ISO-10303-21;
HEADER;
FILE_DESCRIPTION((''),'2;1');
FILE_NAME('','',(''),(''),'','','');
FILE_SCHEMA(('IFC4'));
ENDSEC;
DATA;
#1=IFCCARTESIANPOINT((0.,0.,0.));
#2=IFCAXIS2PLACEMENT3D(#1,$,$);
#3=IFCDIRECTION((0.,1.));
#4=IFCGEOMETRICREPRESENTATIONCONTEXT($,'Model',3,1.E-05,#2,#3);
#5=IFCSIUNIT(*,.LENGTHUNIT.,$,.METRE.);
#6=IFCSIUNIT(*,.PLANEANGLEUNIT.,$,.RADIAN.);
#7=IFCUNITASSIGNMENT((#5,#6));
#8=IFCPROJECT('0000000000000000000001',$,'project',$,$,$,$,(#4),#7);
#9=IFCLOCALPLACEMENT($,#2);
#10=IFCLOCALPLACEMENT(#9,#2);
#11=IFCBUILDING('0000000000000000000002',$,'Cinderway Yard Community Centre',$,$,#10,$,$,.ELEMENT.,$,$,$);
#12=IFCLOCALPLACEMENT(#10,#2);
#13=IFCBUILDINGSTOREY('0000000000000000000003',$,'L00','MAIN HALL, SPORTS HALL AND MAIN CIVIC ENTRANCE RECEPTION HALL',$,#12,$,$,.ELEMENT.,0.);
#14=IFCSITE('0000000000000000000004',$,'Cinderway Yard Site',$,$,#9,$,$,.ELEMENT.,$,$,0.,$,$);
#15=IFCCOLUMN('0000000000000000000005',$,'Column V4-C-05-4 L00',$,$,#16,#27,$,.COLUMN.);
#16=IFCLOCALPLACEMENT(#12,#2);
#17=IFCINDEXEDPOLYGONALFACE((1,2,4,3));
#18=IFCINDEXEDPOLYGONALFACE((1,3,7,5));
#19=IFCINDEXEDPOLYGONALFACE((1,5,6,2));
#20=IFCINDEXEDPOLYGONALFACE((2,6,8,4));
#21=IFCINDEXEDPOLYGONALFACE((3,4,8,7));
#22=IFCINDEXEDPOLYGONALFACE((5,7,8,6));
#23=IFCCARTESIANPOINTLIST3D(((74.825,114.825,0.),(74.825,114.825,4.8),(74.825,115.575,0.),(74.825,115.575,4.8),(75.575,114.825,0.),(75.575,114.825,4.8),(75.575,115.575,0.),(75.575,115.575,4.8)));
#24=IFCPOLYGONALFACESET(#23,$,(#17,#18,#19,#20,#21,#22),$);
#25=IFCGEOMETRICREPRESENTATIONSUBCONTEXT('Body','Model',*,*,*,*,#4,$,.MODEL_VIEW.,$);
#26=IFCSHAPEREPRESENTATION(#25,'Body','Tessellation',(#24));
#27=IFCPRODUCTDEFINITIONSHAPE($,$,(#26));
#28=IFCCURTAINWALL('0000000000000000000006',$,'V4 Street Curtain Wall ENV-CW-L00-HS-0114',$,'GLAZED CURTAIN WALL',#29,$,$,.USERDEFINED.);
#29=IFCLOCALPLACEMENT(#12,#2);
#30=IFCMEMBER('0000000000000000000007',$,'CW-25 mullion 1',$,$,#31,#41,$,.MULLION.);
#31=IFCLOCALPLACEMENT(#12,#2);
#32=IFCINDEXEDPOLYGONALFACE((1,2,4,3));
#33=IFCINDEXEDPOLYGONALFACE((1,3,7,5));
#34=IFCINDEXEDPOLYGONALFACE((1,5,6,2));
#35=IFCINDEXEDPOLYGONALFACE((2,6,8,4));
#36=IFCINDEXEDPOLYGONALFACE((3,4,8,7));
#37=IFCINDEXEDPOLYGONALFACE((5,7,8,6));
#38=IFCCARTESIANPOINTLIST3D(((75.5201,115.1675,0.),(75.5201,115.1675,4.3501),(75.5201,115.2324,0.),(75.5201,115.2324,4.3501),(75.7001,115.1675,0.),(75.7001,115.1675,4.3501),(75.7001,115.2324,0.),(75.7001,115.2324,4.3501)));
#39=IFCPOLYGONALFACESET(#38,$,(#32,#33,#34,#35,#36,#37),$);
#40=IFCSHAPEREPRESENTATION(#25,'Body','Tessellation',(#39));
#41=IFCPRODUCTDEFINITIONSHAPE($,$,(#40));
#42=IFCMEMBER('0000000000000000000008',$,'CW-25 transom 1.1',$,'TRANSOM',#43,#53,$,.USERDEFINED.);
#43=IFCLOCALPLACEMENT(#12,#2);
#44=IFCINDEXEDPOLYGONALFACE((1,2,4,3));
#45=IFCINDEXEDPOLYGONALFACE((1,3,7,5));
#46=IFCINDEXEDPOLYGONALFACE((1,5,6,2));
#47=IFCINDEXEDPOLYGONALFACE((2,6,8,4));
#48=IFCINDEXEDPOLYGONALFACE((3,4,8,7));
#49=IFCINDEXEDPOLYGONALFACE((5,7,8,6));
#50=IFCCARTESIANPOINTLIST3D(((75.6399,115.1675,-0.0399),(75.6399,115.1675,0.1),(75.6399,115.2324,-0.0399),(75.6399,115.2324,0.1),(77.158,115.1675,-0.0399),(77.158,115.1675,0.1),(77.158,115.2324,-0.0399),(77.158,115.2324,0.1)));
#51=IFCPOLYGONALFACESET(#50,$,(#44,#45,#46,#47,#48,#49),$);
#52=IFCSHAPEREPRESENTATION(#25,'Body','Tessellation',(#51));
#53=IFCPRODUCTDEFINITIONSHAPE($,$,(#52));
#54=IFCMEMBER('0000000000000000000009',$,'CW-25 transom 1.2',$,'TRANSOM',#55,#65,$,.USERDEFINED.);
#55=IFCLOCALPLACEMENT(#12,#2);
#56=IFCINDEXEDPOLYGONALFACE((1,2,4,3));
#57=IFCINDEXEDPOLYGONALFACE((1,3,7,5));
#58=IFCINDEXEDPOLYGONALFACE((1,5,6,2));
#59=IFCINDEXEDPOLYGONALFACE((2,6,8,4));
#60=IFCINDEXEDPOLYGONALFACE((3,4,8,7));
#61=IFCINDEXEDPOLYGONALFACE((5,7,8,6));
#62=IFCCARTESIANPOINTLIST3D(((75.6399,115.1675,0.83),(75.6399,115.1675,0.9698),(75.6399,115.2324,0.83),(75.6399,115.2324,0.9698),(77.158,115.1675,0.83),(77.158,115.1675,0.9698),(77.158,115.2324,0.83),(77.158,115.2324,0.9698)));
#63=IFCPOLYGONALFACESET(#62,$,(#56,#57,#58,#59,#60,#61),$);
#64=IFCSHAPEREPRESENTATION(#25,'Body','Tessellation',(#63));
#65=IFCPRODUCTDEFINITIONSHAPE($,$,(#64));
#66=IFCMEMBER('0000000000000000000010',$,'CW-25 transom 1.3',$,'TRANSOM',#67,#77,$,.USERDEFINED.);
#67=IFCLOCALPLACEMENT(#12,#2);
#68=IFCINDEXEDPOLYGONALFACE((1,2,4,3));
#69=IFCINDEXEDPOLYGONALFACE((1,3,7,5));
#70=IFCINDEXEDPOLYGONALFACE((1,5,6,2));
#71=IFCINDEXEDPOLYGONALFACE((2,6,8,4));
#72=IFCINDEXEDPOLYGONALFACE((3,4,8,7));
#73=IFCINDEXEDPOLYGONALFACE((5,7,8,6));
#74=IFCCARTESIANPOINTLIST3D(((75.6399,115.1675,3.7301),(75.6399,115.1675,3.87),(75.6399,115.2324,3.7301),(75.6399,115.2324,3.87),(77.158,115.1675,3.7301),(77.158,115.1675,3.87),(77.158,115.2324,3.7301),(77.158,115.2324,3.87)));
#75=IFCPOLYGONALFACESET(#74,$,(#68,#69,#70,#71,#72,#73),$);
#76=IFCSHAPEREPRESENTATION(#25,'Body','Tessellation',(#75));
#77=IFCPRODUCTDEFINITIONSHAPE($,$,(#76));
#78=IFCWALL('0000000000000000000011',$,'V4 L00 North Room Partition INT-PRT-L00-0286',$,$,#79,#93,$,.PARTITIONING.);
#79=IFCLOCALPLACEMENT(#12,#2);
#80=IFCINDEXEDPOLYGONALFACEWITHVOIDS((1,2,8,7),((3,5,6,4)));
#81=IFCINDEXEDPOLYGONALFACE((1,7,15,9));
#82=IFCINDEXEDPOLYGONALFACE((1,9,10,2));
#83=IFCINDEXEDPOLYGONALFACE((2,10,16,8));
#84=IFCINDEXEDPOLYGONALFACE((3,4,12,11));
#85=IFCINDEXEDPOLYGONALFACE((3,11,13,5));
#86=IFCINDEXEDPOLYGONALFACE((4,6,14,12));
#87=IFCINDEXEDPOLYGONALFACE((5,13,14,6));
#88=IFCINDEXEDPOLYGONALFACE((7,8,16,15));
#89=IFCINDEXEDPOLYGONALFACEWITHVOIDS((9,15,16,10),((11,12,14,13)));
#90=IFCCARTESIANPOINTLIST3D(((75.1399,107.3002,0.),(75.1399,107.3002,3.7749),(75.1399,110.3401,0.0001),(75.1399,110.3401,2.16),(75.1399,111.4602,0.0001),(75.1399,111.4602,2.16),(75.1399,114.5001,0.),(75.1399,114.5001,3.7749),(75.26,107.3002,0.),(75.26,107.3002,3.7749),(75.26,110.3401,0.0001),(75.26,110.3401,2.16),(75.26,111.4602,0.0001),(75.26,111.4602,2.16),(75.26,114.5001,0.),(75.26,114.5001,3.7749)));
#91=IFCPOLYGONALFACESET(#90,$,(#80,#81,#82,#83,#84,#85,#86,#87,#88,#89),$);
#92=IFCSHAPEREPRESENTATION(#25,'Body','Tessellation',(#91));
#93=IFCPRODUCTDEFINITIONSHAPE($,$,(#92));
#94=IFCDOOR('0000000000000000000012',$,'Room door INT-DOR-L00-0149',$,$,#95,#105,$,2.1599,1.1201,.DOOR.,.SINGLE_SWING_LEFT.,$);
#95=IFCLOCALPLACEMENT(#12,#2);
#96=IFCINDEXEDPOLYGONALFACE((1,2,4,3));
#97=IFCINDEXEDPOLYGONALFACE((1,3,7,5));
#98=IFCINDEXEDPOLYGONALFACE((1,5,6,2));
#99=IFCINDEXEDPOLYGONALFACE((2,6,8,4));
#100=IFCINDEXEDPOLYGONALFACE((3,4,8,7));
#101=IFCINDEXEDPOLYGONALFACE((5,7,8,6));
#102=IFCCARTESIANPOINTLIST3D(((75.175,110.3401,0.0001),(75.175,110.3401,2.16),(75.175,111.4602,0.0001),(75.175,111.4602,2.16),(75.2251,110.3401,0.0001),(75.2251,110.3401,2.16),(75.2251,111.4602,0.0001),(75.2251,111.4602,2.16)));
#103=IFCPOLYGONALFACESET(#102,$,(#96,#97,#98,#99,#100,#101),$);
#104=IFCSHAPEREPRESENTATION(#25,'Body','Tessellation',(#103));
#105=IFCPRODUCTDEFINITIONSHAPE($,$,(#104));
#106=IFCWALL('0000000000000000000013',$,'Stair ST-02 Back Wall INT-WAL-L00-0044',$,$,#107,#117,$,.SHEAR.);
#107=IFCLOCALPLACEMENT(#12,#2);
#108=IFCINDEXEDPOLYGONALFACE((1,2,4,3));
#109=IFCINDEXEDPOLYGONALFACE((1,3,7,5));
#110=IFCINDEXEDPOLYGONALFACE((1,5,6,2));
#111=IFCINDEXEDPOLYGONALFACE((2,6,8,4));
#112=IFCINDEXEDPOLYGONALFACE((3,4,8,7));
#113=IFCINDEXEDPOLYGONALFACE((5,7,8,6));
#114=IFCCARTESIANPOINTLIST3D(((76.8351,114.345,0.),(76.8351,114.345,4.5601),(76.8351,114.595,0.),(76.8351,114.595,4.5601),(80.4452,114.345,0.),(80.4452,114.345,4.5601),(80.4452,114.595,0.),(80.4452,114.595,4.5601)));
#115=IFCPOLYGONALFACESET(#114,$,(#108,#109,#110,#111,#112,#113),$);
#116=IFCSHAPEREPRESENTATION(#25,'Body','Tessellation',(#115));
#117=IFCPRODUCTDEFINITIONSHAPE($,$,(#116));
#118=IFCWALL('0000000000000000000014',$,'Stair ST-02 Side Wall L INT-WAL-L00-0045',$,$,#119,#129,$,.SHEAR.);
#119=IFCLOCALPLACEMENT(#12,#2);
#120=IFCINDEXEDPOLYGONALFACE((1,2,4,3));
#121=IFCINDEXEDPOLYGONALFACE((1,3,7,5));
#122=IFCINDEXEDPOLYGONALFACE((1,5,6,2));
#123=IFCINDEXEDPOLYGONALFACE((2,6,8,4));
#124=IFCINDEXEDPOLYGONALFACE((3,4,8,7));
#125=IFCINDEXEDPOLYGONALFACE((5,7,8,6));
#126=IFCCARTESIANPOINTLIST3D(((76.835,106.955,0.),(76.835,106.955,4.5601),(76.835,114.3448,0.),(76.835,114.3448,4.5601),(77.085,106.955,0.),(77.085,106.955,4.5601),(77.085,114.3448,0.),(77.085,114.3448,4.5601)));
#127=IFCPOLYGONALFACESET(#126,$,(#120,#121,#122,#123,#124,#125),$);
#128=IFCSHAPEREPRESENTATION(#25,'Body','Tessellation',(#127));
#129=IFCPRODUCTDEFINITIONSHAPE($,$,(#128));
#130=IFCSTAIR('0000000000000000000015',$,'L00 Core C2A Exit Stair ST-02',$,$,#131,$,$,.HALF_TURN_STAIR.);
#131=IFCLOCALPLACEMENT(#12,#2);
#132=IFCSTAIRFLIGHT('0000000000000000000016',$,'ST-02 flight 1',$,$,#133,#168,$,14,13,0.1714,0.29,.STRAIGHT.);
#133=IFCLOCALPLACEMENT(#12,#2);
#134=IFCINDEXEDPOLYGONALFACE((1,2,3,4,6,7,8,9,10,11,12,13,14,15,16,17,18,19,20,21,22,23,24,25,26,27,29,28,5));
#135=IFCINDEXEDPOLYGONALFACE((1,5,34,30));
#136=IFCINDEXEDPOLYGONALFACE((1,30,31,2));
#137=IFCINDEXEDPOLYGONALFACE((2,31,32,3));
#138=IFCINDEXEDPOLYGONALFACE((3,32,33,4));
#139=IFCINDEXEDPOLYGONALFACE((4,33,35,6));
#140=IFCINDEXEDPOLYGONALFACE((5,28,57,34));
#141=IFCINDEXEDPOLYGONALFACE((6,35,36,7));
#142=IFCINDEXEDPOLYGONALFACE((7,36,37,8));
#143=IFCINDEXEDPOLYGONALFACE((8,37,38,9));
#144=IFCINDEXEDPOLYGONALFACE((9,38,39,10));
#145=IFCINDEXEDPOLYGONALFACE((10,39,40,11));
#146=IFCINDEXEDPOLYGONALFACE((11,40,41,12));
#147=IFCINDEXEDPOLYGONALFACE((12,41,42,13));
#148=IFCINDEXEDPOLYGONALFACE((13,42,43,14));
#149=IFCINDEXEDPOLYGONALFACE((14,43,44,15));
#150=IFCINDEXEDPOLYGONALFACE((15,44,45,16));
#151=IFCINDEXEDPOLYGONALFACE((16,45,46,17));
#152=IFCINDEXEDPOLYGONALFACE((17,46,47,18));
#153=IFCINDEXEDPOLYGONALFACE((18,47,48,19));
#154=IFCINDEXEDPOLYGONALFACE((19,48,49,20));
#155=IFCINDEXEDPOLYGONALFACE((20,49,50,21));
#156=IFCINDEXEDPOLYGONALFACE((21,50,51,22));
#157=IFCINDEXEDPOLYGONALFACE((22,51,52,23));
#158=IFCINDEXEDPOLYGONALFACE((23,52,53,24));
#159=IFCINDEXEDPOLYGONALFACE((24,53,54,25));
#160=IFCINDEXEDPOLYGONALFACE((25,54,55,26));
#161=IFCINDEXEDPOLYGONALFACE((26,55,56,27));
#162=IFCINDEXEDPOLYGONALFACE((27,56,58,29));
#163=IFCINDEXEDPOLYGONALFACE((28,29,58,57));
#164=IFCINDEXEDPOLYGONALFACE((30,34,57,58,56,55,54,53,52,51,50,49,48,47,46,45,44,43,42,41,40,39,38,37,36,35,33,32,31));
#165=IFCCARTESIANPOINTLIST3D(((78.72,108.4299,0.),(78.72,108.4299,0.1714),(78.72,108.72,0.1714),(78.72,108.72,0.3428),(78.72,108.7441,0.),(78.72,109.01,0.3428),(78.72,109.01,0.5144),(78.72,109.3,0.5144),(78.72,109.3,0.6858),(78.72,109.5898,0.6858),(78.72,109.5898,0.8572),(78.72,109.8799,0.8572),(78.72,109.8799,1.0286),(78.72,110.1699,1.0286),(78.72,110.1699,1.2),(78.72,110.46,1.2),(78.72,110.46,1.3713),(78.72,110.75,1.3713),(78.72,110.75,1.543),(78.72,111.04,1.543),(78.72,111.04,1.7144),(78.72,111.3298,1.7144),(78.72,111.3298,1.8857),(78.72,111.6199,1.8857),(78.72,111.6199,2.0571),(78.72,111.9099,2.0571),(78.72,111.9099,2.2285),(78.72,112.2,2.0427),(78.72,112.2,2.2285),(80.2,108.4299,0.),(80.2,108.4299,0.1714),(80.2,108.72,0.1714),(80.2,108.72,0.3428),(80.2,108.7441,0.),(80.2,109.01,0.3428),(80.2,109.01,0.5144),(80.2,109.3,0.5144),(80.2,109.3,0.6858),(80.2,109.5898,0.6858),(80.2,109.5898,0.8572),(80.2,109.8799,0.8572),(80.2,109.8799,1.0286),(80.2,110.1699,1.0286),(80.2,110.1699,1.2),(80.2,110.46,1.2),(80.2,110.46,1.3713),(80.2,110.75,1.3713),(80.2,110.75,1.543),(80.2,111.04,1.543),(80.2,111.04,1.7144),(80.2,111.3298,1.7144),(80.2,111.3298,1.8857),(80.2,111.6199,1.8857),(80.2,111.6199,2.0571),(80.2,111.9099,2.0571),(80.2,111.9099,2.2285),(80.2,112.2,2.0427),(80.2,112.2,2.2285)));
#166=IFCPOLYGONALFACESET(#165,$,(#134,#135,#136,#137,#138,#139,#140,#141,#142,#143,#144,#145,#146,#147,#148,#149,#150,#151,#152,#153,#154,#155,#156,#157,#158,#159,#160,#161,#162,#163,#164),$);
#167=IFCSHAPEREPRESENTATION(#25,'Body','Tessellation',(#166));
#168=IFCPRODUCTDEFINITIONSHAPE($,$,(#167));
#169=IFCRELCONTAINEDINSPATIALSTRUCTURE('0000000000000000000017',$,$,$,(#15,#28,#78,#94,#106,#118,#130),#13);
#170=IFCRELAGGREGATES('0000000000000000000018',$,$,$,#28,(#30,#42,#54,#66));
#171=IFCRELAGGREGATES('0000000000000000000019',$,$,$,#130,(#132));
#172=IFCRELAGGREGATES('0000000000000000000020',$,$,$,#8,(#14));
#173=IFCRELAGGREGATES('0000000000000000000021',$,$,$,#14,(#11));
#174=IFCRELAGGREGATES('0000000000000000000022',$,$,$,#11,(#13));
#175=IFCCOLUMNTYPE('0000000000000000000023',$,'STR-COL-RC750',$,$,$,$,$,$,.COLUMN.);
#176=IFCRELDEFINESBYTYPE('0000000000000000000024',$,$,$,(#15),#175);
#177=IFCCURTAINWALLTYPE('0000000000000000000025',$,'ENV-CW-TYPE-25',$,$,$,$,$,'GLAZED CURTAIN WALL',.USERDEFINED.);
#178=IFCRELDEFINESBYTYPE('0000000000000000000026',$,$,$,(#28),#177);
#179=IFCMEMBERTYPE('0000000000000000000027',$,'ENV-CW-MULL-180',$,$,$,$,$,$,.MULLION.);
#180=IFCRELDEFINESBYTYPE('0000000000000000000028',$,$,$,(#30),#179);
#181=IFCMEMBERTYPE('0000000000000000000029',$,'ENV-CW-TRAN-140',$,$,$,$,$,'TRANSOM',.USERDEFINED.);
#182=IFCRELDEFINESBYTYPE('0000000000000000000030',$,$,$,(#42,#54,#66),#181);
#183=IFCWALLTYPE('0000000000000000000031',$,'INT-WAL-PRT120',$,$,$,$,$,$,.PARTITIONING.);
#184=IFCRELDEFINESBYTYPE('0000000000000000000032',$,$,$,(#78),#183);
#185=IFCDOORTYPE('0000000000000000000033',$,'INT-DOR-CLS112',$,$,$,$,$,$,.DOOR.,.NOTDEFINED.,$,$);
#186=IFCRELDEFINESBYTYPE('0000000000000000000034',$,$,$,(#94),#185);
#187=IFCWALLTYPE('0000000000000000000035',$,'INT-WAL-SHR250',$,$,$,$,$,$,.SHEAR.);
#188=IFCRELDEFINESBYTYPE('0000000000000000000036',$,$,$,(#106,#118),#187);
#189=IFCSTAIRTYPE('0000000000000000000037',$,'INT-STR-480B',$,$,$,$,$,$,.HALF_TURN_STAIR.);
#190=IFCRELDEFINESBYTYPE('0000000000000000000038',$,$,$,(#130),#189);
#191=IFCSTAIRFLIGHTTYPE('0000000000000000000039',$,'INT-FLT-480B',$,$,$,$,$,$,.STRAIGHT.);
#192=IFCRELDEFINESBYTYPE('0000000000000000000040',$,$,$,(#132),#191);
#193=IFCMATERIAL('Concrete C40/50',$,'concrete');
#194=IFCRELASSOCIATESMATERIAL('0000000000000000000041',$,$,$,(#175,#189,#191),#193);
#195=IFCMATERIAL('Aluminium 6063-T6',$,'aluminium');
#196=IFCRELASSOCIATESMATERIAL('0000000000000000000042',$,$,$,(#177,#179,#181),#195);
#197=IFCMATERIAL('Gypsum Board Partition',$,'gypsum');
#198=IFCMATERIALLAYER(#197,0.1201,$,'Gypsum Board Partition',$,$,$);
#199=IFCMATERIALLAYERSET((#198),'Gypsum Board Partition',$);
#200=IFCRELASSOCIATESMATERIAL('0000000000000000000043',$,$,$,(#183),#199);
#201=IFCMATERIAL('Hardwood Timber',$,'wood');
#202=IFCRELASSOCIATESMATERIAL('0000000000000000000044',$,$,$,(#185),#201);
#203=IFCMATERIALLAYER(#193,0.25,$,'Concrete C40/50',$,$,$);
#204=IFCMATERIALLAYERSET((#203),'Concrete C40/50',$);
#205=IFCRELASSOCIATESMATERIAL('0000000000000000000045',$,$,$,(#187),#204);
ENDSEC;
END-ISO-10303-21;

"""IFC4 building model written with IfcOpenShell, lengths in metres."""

from ifc_helpers import new_model, si_unit, direction, frame, frame_2d, origin, origin_2d, place, context, subcontext, project, spatial, polyline, rectangle, outline, extrude, material, layer, layer_set, material_profile, profile_set, type_object, element, fill, aggregate, save


model = new_model("IFC4")

# Units and contexts
model_context = context("Model", 3, precision=1e-05, world=origin(), true_north=direction((0.0, 1.0)))
body_context = subcontext(model_context, "Body", "Model", "MODEL_VIEW")
ifc_project = project(units=[si_unit("LENGTHUNIT", "METRE"), si_unit("PLANEANGLEUNIT", "RADIAN")], contexts=[model_context])

# Site, building, storey
site_placement = place(None, origin())
site = spatial("IfcSite", under=ifc_project, at=site_placement, Name="Cinderway Yard Site", CompositionType="ELEMENT", RefElevation=0.0)
building_placement = place(site_placement, origin())
building = spatial("IfcBuilding", under=site, at=building_placement, Name="Cinderway Yard Community Centre", CompositionType="ELEMENT")
storey_placement = place(building_placement, origin())
storey = spatial("IfcBuildingStorey", under=building, at=storey_placement, Name="L00", Description="MAIN HALL, SPORTS HALL AND MAIN CIVIC ENTRANCE RECEPTION HALL", CompositionType="ELEMENT", Elevation=0.0)

# Shared definitions
ifc_material_1 = material(Name="Concrete C40/50", Category="concrete")

# Column
ifc_material_profile_1 = material_profile(ifc_material_1, rectangle(XDim=0.75, YDim=0.75, at=origin_2d()), Name="Concrete C40/50")
ifc_profile_set_1 = profile_set([ifc_material_profile_1], Name="Concrete C40/50")
column_type = type_object("IfcColumnType", Name="STR-COL-RC750", PredefinedType="COLUMN", material=ifc_profile_set_1)
for number, where, z_axis, x_axis, name in (
    (1, (75.2, 115.2, 0.0), (0.0, 0.0, 1.0), (1.0, 0.0, 0.0), "Column V4-C-05-4 L00"),
):
    element("IfcColumn", number, at=place(storey_placement, frame(where, z_axis=z_axis, x_axis=x_axis)), inside=storey, type_object=column_type, Name=name, PredefinedType="COLUMN", context=body_context, shape_type="SweptSolid", body=[
        extrude(rectangle(XDim=0.75, YDim=0.75, at=origin_2d()), origin(), (0.0, 0.0, 1.0), 4.8),
    ])

# Curtain wall, members
ifc_material_2 = material(Name="Aluminium 6063-T6", Category="aluminium")
curtain_wall_type = type_object("IfcCurtainWallType", Name="ENV-CW-TYPE-25", ElementType="GLAZED CURTAIN WALL", PredefinedType="USERDEFINED", material=ifc_material_2)
curtain_wall_placement = place(storey_placement, origin())
curtain_wall = element("IfcCurtainWall", 2, at=curtain_wall_placement, inside=storey, type_object=curtain_wall_type, Name="V4 Street Curtain Wall ENV-CW-L00-HS-0114", ObjectType="GLAZED CURTAIN WALL", PredefinedType="USERDEFINED")
ifc_material_profile_2 = material_profile(ifc_material_2, rectangle(XDim=0.0649, YDim=0.1799, at=origin_2d()), Name="Aluminium 6063-T6")
ifc_profile_set_2 = profile_set([ifc_material_profile_2], Name="Aluminium 6063-T6")
member_type_1 = type_object("IfcMemberType", Name="ENV-CW-MULL-180", PredefinedType="MULLION", material=ifc_profile_set_2)
member_1_placement = place(storey_placement, frame((75.6101, 115.2, 0.0), z_axis=(0.0, 0.0, 1.0), x_axis=(0.0, 1.0, 0.0)))
member_1 = element("IfcMember", 3, at=member_1_placement, type_object=member_type_1, Name="CW-25 mullion 1", PredefinedType="MULLION", context=body_context, shape_type="SweptSolid", body=[
    extrude(rectangle(XDim=0.0649, YDim=0.1799, at=origin_2d()), origin(), (0.0, 0.0, 1.0), 4.3501),
])
ifc_material_profile_3 = material_profile(ifc_material_2, rectangle(XDim=0.0649, YDim=0.1399, at=origin_2d()), Name="Aluminium 6063-T6")
ifc_profile_set_3 = profile_set([ifc_material_profile_3], Name="Aluminium 6063-T6")
member_type_2 = type_object("IfcMemberType", Name="ENV-CW-TRAN-140", ElementType="TRANSOM", PredefinedType="USERDEFINED", material=ifc_profile_set_3)
member_2_placement = place(storey_placement, frame((75.6399, 115.2, 0.03), z_axis=(1.0, 0.0, 0.0), x_axis=(0.0, 1.0, 0.0)))
member_2 = element("IfcMember", 4, at=member_2_placement, type_object=member_type_2, Name="CW-25 transom 1.1", ObjectType="TRANSOM", PredefinedType="USERDEFINED", context=body_context, shape_type="SweptSolid", body=[
    extrude(rectangle(XDim=0.0649, YDim=0.1399, at=origin_2d()), origin(), (0.0, 0.0, 1.0), 1.5181),
])
member_3_placement = place(storey_placement, frame((75.6399, 115.2, 0.8999), z_axis=(1.0, 0.0, 0.0), x_axis=(0.0, 1.0, 0.0)))
member_3 = element("IfcMember", 5, at=member_3_placement, type_object=member_type_2, Name="CW-25 transom 1.2", ObjectType="TRANSOM", PredefinedType="USERDEFINED", context=body_context, shape_type="SweptSolid", body=[
    extrude(rectangle(XDim=0.0649, YDim=0.1399, at=origin_2d()), origin(), (0.0, 0.0, 1.0), 1.5181),
])
member_4_placement = place(storey_placement, frame((75.6399, 115.2, 3.8), z_axis=(1.0, 0.0, 0.0), x_axis=(0.0, 1.0, 0.0)))
member_4 = element("IfcMember", 6, at=member_4_placement, type_object=member_type_2, Name="CW-25 transom 1.3", ObjectType="TRANSOM", PredefinedType="USERDEFINED", context=body_context, shape_type="SweptSolid", body=[
    extrude(rectangle(XDim=0.0649, YDim=0.1399, at=origin_2d()), origin(), (0.0, 0.0, 1.0), 1.5181),
])
aggregate(curtain_wall, [member_1, member_2, member_3, member_4])

# Wall, opening, door
ifc_material_3 = material(Name="Gypsum Board Partition", Category="gypsum")
ifc_layer_1 = layer(ifc_material_3, 0.1201, Name="Gypsum Board Partition")
ifc_layer_set_1 = layer_set([ifc_layer_1], Name="Gypsum Board Partition")
wall_type_1 = type_object("IfcWallType", Name="INT-WAL-PRT120", PredefinedType="PARTITIONING", material=ifc_layer_set_1)
wall_1_placement = place(storey_placement, frame((75.2, 107.3, 0.0), z_axis=(0.0, 0.0, 1.0), x_axis=(0.0, 1.0, 0.0)))
wall_1 = element("IfcWall", 7, at=wall_1_placement, inside=storey, type_object=wall_type_1, Name="V4 L00 North Room Partition INT-PRT-L00-0286", PredefinedType="PARTITIONING", context=body_context, shape_type="SweptSolid", body=[
    extrude(rectangle(XDim=7.2, YDim=0.1201, at=frame_2d((3.6001, 0.0))), origin(), (0.0, 0.0, 1.0), 3.7749),
])
opening_placement = place(wall_1_placement, frame((3.04, 0.0, 0.0)))
opening = element("IfcOpeningElement", 8, at=opening_placement, cuts=wall_1, PredefinedType="OPENING", context=body_context, shape_type="SweptSolid", body=[
    extrude(rectangle(XDim=1.1201, YDim=2.1599, at=frame_2d((0.5601, 1.0801))), frame((0.0, 0.0701, 0.0), z_axis=(0.0, -1.0, 0.0), x_axis=(1.0, 0.0, 0.0)), (0.0, 0.0, 1.0), 0.1401),
])
ifc_material_4 = material(Name="Hardwood Timber", Category="wood")
door_type = type_object("IfcDoorType", Name="INT-DOR-CLS112", OperationType="NOTDEFINED", PredefinedType="DOOR", material=ifc_material_4)
door_placement = place(opening_placement, origin())
door = element("IfcDoor", 9, at=door_placement, inside=storey, type_object=door_type, Name="Room door INT-DOR-L00-0149", OperationType="SINGLE_SWING_LEFT", OverallHeight=2.1599, OverallWidth=1.1201, PredefinedType="DOOR", context=body_context, shape_type="SweptSolid", body=[
    extrude(rectangle(XDim=1.1201, YDim=2.1599, at=frame_2d((0.5601, 1.0801))), frame((0.0, 0.0249, 0.0), z_axis=(0.0, -1.0, 0.0), x_axis=(1.0, 0.0, 0.0)), (0.0, 0.0, 1.0), 0.05),
])
fill(opening, door)

# Walls
ifc_layer_2 = layer(ifc_material_1, 0.25, Name="Concrete C40/50")
ifc_layer_set_2 = layer_set([ifc_layer_2], Name="Concrete C40/50")
wall_type_2 = type_object("IfcWallType", Name="INT-WAL-SHR250", PredefinedType="SHEAR", material=ifc_layer_set_2)
wall_2_placement = place(storey_placement, frame((76.835, 114.47, 0.0), z_axis=(0.0, 0.0, 1.0), x_axis=(1.0, 0.0, 0.0)))
element("IfcWall", 10, at=wall_2_placement, inside=storey, type_object=wall_type_2, Name="Stair ST-02 Back Wall INT-WAL-L00-0044", PredefinedType="SHEAR", context=body_context, shape_type="SweptSolid", body=[
    extrude(rectangle(XDim=3.6101, YDim=0.25, at=frame_2d((1.8052, 0.0))), origin(), (0.0, 0.0, 1.0), 4.5601),
])
wall_3_placement = place(storey_placement, frame((76.96, 106.9551, 0.0), z_axis=(0.0, 0.0, 1.0), x_axis=(0.0, 1.0, 0.0)))
element("IfcWall", 11, at=wall_3_placement, inside=storey, type_object=wall_type_2, Name="Stair ST-02 Side Wall L INT-WAL-L00-0045", PredefinedType="SHEAR", context=body_context, shape_type="SweptSolid", body=[
    extrude(rectangle(XDim=7.3899, YDim=0.25, at=frame_2d((3.6948, 0.0))), origin(), (0.0, 0.0, 1.0), 4.5601),
])

# Stair, stair flight
stair_type = type_object("IfcStairType", Name="INT-STR-480B", PredefinedType="HALF_TURN_STAIR", material=ifc_material_1)
stair_placement = place(storey_placement, origin())
stair = element("IfcStair", 12, at=stair_placement, inside=storey, type_object=stair_type, Name="L00 Core C2A Exit Stair ST-02", PredefinedType="HALF_TURN_STAIR")
stair_flight_type = type_object("IfcStairFlightType", Name="INT-FLT-480B", PredefinedType="STRAIGHT", material=ifc_material_1)
stair_flight_1_placement = place(storey_placement, frame((79.46, 108.4299, 0.0), z_axis=(0.0, 0.0, 1.0), x_axis=(0.0, 1.0, 0.0)))
stair_flight_1 = element("IfcStairFlight", 13, at=stair_flight_1_placement, type_object=stair_flight_type, Name="ST-02 flight 1", NumberOfRisers=14, NumberOfTreads=13, PredefinedType="STRAIGHT", RiserHeight=0.1714, TreadLength=0.29, context=body_context, shape_type="SweptSolid", body=[
    extrude(outline(polyline([(0.0, 0.0), (0.0, 0.1714), (0.29, 0.1714), (0.29, 0.3428), (0.5801, 0.3428), (0.5801, 0.5144), (0.8701, 0.5144), (0.8701, 0.6858), (1.1599, 0.6858), (1.1599, 0.8572), (1.45, 0.8572), (1.45, 1.0286), (1.74, 1.0286), (1.74, 1.2), (2.03, 1.2), (2.03, 1.3713), (2.3201, 1.3713), (2.3201, 1.543), (2.6101, 1.543), (2.6101, 1.7144), (2.8999, 1.7144), (2.8999, 1.8857), (3.1899, 1.8857), (3.1899, 2.0571), (3.48, 2.0571), (3.48, 2.2285), (3.77, 2.2285), (3.77, 2.3999), (3.77, 2.0427), (0.3142, 0.0), (0.0, 0.0)])), frame((0.0, 0.74, 0.0), z_axis=(0.0, -1.0, 0.0), x_axis=(1.0, 0.0, 0.0)), (0.0, 0.0, 1.0), 1.48),
])
aggregate(stair, [stair_flight_1])

save(model, "model.ifc")
